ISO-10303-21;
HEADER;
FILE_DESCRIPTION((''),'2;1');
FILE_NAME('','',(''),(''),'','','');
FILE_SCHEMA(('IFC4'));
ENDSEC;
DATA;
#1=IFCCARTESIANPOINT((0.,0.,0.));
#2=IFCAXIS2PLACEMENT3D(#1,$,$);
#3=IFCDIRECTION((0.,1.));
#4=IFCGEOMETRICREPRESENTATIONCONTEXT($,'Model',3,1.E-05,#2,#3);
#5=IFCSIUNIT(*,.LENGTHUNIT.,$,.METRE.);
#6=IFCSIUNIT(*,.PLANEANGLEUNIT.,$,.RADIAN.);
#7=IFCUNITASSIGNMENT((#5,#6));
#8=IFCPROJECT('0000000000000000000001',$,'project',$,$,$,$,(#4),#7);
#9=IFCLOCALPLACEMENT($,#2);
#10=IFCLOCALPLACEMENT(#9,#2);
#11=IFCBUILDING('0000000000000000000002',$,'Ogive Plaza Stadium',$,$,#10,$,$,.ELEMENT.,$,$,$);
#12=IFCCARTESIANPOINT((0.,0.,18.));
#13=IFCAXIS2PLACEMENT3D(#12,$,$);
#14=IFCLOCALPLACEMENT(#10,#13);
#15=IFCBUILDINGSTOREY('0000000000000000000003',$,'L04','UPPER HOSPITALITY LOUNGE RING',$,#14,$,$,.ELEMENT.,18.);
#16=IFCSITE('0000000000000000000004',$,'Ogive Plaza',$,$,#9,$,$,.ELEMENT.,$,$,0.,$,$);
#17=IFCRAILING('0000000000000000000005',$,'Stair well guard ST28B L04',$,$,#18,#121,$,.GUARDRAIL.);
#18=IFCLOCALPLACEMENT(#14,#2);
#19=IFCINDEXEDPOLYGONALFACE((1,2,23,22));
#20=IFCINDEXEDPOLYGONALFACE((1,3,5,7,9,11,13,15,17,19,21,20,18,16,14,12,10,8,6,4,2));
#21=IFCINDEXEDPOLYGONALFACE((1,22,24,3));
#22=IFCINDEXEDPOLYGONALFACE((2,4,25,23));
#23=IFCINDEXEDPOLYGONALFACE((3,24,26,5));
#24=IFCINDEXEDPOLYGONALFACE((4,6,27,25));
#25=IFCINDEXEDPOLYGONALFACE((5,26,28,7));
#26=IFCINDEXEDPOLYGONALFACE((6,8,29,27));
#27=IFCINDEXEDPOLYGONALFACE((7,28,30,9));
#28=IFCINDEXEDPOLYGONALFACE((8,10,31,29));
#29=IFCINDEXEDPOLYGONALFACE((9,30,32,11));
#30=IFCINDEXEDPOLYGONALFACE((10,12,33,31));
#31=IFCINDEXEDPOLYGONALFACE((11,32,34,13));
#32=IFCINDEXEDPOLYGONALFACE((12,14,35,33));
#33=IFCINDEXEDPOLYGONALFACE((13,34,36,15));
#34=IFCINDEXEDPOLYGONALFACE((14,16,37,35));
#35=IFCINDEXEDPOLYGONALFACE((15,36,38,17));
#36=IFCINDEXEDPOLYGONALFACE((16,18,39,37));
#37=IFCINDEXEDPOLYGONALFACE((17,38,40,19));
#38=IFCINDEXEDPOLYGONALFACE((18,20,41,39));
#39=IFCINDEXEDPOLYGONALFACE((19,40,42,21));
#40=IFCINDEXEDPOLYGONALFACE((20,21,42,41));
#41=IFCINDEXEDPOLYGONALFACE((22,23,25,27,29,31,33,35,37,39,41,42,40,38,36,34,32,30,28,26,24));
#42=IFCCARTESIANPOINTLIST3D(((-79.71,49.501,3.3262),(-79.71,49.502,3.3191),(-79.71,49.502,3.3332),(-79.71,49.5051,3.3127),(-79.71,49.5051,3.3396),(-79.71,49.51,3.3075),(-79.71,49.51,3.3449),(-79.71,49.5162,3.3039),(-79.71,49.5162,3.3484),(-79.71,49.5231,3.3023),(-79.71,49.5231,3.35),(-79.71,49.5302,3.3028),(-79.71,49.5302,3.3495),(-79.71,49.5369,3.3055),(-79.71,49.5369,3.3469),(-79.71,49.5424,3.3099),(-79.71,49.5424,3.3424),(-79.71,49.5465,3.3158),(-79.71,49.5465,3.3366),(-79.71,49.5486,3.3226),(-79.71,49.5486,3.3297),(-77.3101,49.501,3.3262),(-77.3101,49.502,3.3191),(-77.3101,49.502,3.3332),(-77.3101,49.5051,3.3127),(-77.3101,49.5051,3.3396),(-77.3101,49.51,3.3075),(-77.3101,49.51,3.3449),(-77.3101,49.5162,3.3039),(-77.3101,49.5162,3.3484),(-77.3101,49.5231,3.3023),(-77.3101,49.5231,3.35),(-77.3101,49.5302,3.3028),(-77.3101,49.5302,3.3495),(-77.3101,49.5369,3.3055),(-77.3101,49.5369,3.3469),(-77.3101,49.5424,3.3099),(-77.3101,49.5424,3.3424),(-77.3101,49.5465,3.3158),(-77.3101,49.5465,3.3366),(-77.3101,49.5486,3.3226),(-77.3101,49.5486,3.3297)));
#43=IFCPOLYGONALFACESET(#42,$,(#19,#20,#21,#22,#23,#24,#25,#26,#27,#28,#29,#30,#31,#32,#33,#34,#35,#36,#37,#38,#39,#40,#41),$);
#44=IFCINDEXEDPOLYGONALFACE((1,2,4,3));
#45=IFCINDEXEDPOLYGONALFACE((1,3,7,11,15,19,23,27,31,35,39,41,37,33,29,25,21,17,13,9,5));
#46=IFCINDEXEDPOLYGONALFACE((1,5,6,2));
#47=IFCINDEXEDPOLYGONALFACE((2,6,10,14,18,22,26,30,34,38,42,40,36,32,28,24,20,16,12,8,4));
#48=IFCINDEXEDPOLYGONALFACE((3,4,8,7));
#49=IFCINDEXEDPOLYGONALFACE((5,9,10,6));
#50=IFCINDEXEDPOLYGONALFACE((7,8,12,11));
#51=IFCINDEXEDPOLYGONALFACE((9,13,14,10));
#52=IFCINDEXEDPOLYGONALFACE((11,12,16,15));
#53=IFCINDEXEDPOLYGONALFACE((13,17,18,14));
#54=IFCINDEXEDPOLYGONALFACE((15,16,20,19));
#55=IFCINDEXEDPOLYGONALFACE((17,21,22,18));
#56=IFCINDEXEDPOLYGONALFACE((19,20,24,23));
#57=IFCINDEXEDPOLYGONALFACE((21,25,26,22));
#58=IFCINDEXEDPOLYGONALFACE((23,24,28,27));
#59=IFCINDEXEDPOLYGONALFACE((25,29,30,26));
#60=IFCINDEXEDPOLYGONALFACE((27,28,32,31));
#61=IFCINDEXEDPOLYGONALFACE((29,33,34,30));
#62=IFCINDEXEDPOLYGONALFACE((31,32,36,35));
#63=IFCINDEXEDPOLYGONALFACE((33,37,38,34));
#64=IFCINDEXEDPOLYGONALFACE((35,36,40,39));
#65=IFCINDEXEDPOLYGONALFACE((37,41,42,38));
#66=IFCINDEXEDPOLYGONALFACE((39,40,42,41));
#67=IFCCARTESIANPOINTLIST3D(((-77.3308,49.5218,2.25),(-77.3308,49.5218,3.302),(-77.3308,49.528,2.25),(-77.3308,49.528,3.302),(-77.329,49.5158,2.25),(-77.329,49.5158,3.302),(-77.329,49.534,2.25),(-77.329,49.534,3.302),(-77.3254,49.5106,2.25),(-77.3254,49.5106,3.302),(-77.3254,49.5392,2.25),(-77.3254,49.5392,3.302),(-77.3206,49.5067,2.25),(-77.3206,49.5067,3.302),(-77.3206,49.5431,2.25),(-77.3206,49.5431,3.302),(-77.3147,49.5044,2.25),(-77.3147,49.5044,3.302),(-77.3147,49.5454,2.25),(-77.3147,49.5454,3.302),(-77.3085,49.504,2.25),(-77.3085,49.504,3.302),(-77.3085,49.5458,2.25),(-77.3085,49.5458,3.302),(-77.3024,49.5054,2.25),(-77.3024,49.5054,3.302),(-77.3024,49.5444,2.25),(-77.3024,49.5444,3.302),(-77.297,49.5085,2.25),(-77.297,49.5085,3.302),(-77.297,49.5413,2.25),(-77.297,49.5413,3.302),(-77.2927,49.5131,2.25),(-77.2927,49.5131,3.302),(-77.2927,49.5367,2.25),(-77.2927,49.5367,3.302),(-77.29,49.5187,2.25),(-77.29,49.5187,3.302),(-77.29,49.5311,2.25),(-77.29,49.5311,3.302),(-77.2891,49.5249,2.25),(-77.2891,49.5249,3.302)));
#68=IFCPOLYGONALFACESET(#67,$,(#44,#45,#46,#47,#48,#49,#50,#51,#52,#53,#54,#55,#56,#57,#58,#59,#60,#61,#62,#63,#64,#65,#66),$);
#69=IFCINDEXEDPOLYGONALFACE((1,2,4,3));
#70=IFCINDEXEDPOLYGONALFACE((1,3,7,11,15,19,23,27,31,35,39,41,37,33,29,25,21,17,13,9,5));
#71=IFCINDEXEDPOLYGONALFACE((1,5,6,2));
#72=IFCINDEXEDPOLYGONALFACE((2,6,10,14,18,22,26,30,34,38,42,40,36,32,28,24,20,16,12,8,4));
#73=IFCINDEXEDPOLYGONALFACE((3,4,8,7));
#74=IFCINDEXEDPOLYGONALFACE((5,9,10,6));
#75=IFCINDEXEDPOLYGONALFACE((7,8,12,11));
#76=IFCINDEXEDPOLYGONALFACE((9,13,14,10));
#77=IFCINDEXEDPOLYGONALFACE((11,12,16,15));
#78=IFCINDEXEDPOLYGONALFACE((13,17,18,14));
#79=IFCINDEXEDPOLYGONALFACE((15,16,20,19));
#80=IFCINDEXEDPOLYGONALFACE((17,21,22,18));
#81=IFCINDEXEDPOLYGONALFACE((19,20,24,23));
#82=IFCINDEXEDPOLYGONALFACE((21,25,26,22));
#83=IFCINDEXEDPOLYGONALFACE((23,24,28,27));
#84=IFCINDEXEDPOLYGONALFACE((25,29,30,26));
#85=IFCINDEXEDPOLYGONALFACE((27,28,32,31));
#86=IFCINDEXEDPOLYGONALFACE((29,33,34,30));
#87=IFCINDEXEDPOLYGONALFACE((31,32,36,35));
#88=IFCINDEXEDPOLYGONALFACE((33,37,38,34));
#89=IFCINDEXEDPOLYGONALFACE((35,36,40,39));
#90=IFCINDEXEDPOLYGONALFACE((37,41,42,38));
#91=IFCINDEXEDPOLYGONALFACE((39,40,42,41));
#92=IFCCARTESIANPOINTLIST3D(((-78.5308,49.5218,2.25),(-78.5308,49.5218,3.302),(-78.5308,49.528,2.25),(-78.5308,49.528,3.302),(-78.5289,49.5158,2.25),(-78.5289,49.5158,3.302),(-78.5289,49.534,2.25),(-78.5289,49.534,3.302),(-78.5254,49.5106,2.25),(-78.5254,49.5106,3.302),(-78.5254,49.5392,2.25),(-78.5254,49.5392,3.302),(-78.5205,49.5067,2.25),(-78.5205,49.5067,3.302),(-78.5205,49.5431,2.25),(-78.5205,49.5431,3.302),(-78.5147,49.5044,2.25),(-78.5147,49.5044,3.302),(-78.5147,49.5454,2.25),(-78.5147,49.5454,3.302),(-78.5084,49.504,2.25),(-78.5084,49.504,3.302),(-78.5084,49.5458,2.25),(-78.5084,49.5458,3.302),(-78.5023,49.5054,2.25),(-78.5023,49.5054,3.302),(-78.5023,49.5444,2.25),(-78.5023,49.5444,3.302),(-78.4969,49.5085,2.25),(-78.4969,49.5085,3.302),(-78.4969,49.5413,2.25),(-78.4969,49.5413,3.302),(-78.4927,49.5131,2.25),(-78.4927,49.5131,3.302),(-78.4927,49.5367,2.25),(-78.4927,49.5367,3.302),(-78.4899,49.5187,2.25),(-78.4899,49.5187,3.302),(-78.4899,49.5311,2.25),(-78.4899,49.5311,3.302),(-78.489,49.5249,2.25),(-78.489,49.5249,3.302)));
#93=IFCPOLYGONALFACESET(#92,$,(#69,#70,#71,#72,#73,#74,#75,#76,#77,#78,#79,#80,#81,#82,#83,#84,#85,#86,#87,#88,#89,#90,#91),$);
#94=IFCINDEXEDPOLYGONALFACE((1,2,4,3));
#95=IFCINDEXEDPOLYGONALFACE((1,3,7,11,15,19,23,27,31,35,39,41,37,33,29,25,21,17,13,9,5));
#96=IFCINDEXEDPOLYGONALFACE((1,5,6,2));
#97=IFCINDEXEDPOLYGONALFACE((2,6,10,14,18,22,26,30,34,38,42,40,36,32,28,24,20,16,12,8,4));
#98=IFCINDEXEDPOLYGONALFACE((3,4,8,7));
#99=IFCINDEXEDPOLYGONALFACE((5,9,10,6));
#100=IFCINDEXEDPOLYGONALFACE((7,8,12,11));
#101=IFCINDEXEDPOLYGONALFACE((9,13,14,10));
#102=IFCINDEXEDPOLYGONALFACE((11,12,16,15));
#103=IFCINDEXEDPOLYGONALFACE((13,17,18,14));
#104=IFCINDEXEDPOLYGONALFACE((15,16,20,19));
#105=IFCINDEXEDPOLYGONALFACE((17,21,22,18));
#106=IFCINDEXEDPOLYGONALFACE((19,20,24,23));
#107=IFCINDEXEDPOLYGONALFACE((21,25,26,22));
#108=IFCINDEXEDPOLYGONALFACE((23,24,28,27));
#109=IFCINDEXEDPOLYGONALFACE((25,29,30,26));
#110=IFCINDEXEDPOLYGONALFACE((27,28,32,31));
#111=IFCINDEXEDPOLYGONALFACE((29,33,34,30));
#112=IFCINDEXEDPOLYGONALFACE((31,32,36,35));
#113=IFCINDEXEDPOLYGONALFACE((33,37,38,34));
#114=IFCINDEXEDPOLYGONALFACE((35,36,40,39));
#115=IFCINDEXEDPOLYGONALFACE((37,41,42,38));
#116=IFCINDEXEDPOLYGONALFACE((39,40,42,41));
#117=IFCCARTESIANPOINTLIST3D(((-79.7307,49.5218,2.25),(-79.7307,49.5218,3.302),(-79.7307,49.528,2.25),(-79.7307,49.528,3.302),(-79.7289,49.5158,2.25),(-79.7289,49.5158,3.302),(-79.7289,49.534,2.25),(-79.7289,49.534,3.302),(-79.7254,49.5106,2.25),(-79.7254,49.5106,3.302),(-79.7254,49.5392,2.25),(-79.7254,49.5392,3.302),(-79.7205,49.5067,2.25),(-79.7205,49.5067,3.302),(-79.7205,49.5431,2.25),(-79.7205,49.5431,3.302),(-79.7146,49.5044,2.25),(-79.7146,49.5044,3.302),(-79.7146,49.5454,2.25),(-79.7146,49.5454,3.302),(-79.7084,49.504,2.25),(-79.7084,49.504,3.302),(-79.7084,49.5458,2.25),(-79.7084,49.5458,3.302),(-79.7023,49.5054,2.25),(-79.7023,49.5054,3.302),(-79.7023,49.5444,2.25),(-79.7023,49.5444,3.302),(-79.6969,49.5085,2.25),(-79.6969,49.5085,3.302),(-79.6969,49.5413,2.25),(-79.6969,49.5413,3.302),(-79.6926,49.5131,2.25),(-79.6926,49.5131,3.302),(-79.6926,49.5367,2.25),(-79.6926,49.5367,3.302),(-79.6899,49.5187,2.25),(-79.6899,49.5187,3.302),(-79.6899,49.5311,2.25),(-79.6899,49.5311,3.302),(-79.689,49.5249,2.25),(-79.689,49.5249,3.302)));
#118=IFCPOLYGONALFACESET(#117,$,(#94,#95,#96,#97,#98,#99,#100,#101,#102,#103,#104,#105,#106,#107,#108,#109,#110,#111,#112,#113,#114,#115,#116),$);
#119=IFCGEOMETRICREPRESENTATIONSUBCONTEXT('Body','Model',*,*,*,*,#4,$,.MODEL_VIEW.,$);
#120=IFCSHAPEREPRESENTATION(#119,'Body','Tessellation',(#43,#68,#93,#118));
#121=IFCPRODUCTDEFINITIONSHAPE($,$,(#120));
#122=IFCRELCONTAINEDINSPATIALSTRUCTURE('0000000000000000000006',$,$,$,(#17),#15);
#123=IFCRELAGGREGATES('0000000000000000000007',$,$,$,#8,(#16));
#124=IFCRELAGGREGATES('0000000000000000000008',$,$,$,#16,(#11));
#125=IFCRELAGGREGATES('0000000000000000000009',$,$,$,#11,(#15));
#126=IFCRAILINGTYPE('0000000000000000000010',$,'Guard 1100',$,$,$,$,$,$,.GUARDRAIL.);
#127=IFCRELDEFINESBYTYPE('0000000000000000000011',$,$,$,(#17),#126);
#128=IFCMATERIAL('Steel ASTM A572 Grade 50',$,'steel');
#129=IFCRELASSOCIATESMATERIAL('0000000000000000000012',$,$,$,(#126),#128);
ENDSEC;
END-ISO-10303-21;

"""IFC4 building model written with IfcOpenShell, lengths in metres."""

from ifc_helpers import new_model, si_unit, direction, frame, origin, origin_2d, place, context, subcontext, project, spatial, circle, extrude, material, type_object, element, save


model = new_model("IFC4")

# Units and contexts
model_context = context("Model", 3, precision=1e-05, world=origin(), true_north=direction((0.0, 1.0)))
body_context = subcontext(model_context, "Body", "Model", "MODEL_VIEW")
ifc_project = project(units=[si_unit("LENGTHUNIT", "METRE"), si_unit("PLANEANGLEUNIT", "RADIAN")], contexts=[model_context])

# Site, building, storey
site_placement = place(None, origin())
site = spatial("IfcSite", under=ifc_project, at=site_placement, Name="Ogive Plaza", CompositionType="ELEMENT", RefElevation=0.0)
building_placement = place(site_placement, origin())
building = spatial("IfcBuilding", under=site, at=building_placement, Name="Ogive Plaza Stadium", CompositionType="ELEMENT")
storey_placement = place(building_placement, frame((0.0, 0.0, 18.0)))
storey = spatial("IfcBuildingStorey", under=building, at=storey_placement, Name="L04", Description="UPPER HOSPITALITY LOUNGE RING", CompositionType="ELEMENT", Elevation=18.0)

# Railing
ifc_material_1 = material(Name="Steel ASTM A572 Grade 50", Category="steel")
railing_type_1 = type_object("IfcRailingType", Name="Guard 1100", PredefinedType="GUARDRAIL", material=ifc_material_1)
for number, where, name in (
    (1, (-77.3101, 49.5249, 2.25), "Stair well guard ST28B L04"),
):
    element("IfcRailing", number, at=place(storey_placement, frame(where)), inside=storey, type_object=railing_type_1, Name=name, PredefinedType="GUARDRAIL", context=body_context, shape_type="SweptSolid", body=[
        extrude(circle(Radius=0.0239, at=origin_2d()), frame((0.0, 0.0, 1.0762), z_axis=(-1.0, 0.0, 0.0), x_axis=(0.0, -1.0, 0.0)), (0.0, 0.0, 1.0), 2.3999),
        extrude(circle(Radius=0.021, at=origin_2d()), origin(), (0.0, 0.0, 1.0), 1.052),
        extrude(circle(Radius=0.021, at=origin_2d()), frame((-1.2, 0.0, 0.0)), (0.0, 0.0, 1.0), 1.052),
        extrude(circle(Radius=0.021, at=origin_2d()), frame((-2.3999, 0.0, 0.0)), (0.0, 0.0, 1.0), 1.052),
    ])

save(model, "model.ifc")
